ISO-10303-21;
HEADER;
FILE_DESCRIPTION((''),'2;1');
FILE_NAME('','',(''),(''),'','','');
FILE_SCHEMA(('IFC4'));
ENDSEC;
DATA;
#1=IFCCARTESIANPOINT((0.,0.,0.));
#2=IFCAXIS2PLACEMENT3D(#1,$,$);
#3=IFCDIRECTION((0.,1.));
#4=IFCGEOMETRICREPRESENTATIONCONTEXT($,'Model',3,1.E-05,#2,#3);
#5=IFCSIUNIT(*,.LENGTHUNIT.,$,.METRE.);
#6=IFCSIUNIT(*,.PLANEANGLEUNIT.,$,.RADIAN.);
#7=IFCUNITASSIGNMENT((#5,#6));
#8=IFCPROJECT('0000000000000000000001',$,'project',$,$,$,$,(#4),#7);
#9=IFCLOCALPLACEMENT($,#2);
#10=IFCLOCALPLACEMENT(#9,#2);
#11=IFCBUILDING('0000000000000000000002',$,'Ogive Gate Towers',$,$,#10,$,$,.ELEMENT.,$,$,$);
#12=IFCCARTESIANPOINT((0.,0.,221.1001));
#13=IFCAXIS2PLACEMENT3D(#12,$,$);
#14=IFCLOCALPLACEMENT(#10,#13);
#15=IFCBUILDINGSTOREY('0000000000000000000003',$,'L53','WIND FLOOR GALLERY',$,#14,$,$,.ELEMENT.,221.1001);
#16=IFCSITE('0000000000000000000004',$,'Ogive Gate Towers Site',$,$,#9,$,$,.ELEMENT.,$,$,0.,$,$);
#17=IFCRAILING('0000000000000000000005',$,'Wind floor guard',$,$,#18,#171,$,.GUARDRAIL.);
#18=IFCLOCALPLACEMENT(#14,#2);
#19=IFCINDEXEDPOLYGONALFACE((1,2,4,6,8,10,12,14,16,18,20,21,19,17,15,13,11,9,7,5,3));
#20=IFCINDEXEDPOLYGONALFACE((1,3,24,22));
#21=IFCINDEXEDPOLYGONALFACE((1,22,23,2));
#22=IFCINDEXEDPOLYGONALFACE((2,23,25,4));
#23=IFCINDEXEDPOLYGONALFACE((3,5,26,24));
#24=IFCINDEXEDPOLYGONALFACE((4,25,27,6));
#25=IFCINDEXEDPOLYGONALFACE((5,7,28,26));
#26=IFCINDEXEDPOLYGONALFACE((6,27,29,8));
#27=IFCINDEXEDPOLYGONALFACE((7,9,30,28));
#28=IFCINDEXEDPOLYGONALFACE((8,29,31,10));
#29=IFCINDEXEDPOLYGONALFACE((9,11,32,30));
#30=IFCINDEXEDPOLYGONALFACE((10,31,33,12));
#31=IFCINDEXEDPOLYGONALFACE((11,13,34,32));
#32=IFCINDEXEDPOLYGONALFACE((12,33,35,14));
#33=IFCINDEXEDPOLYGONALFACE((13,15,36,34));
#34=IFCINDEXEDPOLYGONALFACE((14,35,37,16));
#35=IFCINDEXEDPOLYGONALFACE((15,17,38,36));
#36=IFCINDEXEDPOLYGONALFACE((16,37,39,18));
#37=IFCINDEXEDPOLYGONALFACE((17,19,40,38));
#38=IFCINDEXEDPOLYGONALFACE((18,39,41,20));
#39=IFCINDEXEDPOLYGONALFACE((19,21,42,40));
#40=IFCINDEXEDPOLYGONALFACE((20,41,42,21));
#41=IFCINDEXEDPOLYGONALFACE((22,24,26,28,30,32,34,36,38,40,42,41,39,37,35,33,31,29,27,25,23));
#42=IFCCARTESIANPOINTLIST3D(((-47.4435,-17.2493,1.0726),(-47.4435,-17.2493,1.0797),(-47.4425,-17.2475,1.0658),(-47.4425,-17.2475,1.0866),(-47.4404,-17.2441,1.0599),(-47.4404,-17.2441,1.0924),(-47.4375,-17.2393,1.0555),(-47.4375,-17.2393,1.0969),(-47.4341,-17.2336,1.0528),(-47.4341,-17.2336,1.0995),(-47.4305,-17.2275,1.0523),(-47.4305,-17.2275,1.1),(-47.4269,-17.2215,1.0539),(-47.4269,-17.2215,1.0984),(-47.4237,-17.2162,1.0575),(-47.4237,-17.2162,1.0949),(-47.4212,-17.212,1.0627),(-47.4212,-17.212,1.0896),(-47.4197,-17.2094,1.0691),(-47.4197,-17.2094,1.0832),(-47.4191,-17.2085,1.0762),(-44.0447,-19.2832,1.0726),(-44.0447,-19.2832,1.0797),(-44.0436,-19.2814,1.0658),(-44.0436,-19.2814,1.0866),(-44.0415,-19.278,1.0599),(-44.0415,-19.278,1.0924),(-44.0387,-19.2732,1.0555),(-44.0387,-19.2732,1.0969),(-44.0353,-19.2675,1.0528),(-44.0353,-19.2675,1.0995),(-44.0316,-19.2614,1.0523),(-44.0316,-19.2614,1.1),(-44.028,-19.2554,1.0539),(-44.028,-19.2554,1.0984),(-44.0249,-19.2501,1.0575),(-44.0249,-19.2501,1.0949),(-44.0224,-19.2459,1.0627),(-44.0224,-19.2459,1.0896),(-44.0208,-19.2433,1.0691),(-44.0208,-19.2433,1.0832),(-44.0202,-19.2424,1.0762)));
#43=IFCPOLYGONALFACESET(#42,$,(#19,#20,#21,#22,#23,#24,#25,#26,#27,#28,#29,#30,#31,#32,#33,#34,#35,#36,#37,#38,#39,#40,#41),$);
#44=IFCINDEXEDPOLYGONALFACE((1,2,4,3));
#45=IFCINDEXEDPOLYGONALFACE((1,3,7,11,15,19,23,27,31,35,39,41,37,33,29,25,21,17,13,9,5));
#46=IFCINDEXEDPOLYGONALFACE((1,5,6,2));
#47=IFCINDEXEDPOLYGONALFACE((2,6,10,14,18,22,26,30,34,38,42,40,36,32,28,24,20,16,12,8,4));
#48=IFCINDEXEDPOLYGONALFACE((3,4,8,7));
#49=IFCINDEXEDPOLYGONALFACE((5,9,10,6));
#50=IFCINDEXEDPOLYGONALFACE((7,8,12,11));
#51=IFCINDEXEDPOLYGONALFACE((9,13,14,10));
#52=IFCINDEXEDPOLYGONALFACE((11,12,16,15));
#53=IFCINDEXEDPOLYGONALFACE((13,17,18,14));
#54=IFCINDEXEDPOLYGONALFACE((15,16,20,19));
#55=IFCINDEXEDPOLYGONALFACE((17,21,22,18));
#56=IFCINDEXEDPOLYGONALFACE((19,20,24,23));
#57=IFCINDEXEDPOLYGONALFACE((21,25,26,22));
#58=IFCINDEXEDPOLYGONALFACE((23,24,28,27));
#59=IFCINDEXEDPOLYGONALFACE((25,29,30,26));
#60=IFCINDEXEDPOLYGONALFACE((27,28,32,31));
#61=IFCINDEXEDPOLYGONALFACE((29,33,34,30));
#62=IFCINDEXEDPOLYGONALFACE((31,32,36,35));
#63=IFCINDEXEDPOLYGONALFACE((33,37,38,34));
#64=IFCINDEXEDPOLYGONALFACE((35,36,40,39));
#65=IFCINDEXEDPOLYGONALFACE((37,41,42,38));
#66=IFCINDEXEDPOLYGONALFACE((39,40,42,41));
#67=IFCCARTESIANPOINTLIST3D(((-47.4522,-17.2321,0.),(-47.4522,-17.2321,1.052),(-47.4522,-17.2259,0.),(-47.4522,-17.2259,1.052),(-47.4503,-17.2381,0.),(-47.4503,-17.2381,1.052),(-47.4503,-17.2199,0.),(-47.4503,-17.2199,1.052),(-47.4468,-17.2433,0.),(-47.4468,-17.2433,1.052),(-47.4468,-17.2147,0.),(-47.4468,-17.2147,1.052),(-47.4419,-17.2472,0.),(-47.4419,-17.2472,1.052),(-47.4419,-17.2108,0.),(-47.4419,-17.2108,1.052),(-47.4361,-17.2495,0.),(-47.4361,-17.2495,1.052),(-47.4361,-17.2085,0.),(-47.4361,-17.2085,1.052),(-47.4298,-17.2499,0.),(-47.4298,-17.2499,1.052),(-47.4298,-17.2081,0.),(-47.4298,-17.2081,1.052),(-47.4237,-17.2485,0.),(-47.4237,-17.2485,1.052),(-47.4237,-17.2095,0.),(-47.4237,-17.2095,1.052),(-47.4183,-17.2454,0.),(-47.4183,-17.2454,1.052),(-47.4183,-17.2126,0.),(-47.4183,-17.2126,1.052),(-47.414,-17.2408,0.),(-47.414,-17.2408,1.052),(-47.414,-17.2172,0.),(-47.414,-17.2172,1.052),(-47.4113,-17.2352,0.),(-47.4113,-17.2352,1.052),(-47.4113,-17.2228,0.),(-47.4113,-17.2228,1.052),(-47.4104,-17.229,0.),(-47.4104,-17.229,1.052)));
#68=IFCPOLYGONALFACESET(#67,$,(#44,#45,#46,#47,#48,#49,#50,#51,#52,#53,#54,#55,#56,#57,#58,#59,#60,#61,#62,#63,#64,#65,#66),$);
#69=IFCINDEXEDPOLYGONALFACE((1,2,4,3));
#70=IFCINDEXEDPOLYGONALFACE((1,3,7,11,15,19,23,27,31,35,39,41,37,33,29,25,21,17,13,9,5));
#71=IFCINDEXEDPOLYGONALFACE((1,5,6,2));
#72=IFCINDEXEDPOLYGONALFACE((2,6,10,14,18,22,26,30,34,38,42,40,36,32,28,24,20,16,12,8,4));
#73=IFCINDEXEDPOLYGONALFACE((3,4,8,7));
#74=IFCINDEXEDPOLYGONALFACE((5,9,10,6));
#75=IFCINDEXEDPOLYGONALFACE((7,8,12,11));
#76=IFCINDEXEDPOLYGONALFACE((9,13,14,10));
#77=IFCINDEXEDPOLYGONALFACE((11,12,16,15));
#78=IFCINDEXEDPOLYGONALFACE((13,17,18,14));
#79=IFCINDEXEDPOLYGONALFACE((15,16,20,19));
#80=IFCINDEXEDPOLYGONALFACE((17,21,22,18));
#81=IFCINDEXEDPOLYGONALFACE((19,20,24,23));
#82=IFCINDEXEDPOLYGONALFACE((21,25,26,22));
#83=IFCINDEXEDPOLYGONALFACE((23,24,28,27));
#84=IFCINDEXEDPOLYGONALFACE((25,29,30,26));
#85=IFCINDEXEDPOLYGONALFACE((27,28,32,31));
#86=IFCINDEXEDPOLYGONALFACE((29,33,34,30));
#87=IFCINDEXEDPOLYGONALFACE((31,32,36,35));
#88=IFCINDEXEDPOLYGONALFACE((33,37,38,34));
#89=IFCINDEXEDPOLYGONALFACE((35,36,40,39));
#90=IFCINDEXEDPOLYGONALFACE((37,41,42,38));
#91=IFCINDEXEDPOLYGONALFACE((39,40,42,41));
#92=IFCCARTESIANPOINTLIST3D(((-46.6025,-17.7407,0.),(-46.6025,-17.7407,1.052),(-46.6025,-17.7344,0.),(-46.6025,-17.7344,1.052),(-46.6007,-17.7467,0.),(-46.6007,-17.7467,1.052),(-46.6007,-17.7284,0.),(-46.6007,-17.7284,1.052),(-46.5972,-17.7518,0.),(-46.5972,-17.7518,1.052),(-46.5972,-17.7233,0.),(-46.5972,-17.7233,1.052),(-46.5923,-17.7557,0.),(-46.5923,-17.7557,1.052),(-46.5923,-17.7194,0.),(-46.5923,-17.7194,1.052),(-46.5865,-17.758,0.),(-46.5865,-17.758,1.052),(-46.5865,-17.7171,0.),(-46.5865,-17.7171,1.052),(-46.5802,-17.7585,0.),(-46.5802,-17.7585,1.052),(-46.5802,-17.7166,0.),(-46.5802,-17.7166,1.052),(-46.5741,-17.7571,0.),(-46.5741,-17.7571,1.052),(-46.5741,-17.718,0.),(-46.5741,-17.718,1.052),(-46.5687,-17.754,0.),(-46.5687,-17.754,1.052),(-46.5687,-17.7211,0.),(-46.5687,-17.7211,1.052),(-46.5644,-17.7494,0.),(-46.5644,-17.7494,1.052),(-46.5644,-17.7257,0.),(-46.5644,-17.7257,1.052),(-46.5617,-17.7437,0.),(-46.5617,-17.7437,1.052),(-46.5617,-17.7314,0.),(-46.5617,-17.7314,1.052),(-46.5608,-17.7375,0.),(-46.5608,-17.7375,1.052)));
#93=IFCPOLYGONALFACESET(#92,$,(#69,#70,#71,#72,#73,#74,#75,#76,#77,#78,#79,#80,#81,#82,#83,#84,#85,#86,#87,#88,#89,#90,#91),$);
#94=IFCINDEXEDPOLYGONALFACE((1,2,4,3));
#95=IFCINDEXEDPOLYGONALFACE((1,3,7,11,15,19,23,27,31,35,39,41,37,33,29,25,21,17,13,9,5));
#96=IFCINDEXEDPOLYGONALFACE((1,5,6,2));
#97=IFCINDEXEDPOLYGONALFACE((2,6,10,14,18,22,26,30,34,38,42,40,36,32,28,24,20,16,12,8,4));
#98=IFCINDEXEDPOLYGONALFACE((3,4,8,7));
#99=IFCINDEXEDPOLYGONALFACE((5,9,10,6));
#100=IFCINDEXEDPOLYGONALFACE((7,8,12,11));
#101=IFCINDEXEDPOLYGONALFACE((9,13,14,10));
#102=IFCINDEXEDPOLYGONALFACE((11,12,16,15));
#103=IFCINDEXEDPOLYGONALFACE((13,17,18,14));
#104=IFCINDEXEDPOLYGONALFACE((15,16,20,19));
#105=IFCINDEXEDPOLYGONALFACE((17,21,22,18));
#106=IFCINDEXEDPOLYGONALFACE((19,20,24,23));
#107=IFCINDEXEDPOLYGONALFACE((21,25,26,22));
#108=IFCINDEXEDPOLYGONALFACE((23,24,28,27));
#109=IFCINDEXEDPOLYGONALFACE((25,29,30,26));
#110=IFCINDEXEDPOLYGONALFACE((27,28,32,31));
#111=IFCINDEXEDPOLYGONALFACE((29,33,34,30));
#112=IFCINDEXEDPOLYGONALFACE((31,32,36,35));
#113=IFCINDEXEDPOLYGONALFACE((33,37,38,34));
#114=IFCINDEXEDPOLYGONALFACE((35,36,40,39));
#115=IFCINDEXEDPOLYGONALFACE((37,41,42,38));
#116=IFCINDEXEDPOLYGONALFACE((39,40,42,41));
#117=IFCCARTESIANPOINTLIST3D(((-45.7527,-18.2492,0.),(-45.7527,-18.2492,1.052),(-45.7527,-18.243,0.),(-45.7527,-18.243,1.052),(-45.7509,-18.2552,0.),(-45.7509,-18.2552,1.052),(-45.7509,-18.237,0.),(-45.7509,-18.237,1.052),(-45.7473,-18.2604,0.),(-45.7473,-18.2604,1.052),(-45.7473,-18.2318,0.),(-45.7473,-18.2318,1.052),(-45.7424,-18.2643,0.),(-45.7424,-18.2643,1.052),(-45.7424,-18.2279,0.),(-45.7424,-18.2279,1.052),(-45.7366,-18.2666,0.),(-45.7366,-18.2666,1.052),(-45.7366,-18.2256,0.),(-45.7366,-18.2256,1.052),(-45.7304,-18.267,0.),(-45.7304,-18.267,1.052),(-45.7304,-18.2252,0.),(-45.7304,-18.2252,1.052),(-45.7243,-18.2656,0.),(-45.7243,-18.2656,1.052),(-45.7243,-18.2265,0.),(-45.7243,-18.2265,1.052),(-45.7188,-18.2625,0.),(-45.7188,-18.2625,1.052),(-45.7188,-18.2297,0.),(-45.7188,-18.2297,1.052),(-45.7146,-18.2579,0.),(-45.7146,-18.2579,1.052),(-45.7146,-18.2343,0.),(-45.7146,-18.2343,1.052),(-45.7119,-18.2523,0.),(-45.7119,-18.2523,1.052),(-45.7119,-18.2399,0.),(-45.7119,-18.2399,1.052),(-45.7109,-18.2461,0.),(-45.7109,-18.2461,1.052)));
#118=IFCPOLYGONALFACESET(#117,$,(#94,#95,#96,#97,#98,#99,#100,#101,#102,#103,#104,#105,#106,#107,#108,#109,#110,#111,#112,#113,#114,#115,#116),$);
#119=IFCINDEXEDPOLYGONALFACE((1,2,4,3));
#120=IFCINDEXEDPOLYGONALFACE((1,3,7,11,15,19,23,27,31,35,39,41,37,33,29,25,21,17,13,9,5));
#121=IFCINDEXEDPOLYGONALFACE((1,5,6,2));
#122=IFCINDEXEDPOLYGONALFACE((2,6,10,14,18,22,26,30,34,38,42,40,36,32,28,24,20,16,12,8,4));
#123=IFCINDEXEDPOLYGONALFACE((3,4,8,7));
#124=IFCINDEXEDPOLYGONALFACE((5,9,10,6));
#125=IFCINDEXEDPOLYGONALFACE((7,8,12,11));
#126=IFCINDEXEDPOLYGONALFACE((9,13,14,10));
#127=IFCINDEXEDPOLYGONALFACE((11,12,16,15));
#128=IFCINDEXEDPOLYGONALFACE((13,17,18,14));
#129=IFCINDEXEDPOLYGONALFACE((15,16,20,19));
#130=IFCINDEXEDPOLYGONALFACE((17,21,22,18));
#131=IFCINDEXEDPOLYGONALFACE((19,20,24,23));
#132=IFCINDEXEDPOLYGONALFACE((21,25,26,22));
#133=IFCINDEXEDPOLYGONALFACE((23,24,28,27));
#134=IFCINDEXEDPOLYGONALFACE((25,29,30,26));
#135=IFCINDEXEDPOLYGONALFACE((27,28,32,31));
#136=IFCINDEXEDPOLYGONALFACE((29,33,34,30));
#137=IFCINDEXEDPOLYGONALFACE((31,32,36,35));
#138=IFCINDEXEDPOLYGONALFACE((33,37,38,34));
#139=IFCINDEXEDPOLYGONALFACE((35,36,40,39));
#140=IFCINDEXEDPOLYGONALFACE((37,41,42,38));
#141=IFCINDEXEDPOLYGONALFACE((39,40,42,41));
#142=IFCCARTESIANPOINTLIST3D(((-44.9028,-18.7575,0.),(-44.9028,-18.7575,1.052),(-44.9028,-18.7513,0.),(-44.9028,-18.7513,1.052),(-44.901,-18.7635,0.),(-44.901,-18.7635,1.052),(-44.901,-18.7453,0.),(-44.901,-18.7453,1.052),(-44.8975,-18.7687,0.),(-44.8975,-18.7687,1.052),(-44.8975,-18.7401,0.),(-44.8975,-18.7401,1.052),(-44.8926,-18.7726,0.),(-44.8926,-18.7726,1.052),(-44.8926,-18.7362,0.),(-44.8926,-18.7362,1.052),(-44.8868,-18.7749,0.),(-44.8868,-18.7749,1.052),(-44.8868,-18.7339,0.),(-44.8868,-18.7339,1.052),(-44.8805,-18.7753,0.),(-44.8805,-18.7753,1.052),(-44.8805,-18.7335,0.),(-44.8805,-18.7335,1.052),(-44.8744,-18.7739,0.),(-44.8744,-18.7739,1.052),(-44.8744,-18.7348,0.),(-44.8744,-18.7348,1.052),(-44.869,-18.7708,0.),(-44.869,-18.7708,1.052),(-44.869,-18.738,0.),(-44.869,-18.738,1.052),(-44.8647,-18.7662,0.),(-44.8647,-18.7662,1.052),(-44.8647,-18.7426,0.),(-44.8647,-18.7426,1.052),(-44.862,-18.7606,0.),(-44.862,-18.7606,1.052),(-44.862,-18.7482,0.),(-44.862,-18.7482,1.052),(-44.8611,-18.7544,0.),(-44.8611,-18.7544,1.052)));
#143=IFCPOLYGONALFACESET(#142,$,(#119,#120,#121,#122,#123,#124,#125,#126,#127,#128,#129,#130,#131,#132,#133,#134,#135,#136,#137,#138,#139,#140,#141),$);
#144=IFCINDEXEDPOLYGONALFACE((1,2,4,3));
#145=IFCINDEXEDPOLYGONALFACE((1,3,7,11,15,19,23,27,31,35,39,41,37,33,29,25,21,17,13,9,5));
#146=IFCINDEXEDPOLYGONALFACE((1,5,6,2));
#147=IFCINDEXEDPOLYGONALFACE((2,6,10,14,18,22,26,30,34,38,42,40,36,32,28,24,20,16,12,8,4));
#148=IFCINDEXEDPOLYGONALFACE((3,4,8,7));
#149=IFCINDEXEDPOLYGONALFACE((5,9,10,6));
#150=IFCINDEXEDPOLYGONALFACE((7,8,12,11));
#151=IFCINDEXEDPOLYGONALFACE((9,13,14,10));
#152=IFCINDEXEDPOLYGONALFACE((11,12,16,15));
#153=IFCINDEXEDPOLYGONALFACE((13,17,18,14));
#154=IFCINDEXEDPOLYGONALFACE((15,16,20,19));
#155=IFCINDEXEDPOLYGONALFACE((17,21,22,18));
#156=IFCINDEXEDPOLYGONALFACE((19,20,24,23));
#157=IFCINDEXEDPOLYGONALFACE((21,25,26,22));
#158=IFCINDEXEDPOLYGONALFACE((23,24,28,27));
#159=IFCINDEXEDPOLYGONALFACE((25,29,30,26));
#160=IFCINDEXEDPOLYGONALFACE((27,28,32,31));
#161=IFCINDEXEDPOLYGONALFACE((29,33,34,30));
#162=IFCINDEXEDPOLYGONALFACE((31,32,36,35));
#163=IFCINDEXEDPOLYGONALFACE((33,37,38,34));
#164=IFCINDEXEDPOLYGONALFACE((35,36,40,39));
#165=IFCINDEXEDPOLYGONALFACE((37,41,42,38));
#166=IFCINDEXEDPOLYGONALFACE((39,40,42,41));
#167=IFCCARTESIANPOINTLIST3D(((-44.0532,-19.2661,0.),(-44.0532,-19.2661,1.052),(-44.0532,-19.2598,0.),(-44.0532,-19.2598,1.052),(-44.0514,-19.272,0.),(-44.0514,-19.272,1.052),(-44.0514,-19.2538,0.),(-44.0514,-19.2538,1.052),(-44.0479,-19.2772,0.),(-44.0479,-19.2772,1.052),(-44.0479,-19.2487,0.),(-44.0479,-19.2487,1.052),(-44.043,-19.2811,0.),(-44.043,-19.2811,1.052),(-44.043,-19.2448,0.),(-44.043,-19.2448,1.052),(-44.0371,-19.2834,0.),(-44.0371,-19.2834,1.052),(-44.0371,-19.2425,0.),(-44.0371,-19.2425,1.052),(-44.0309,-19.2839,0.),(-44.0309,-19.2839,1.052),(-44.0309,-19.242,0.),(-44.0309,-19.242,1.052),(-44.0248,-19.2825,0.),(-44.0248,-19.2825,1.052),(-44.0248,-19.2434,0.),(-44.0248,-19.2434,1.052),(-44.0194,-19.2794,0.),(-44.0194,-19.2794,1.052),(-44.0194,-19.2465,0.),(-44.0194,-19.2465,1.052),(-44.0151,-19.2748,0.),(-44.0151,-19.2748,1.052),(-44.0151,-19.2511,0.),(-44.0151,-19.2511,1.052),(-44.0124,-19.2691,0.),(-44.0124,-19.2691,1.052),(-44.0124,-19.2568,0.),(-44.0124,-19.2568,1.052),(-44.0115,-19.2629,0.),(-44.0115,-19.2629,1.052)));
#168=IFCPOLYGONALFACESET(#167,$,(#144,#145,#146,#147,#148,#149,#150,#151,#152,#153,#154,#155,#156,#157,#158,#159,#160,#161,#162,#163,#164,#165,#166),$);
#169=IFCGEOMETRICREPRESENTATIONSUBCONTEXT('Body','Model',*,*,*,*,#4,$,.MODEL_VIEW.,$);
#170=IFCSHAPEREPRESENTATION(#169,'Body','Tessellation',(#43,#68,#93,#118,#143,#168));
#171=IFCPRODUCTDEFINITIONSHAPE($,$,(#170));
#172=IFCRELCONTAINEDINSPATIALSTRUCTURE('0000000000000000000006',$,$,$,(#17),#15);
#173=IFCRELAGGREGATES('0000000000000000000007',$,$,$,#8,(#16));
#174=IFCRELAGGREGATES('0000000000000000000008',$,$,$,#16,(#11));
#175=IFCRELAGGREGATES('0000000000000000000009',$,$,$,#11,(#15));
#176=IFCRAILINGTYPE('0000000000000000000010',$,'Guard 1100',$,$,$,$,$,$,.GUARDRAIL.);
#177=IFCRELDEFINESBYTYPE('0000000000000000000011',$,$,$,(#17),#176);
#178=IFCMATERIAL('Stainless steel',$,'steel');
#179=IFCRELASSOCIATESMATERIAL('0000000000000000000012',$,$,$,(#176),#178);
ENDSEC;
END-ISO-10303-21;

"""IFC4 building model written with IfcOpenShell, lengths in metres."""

from ifc_helpers import new_model, si_unit, direction, frame, origin, origin_2d, place, context, subcontext, project, spatial, circle, extrude, material, type_object, element, save


model = new_model("IFC4")

# Units and contexts
model_context = context("Model", 3, precision=1e-05, world=origin(), true_north=direction((0.0, 1.0)))
body_context = subcontext(model_context, "Body", "Model", "MODEL_VIEW")
ifc_project = project(units=[si_unit("LENGTHUNIT", "METRE"), si_unit("PLANEANGLEUNIT", "RADIAN")], contexts=[model_context])

# Site, building, storey
site_placement = place(None, origin())
site = spatial("IfcSite", under=ifc_project, at=site_placement, Name="Ogive Gate Towers Site", CompositionType="ELEMENT", RefElevation=0.0)
building_placement = place(site_placement, origin())
building = spatial("IfcBuilding", under=site, at=building_placement, Name="Ogive Gate Towers", CompositionType="ELEMENT")
storey_placement = place(building_placement, frame((0.0, 0.0, 221.1001)))
storey = spatial("IfcBuildingStorey", under=building, at=storey_placement, Name="L53", Description="WIND FLOOR GALLERY", CompositionType="ELEMENT", Elevation=221.1001)

# Railing
ifc_material_1 = material(Name="Stainless steel", Category="steel")
railing_type = type_object("IfcRailingType", Name="Guard 1100", PredefinedType="GUARDRAIL", material=ifc_material_1)
railing_1_placement = place(storey_placement, frame((-47.4314, -17.229, 0.0)))
element("IfcRailing", 1, at=railing_1_placement, inside=storey, type_object=railing_type, Name="Wind floor guard", PredefinedType="GUARDRAIL", context=body_context, shape_type="SweptSolid", body=[
    extrude(circle(Radius=0.0239, at=origin_2d()), frame((0.0, 0.0, 1.0762), z_axis=(0.858096, -0.513489, 0.0), x_axis=(0.513489, 0.858096, 0.0)), (0.0, 0.0, 1.0), 3.9609),
    extrude(circle(Radius=0.021, at=origin_2d()), origin(), (0.0, 0.0, 1.0), 1.052),
    extrude(circle(Radius=0.021, at=origin_2d()), frame((0.8496, -0.5085, 0.0)), (0.0, 0.0, 1.0), 1.052),
    extrude(circle(Radius=0.021, at=origin_2d()), frame((1.6995, -1.0171, 0.0)), (0.0, 0.0, 1.0), 1.052),
    extrude(circle(Radius=0.021, at=origin_2d()), frame((2.5493, -1.5254, 0.0)), (0.0, 0.0, 1.0), 1.052),
    extrude(circle(Radius=0.021, at=origin_2d()), frame((3.3989, -2.0339, 0.0)), (0.0, 0.0, 1.0), 1.052),
])

save(model, "model.ifc")
